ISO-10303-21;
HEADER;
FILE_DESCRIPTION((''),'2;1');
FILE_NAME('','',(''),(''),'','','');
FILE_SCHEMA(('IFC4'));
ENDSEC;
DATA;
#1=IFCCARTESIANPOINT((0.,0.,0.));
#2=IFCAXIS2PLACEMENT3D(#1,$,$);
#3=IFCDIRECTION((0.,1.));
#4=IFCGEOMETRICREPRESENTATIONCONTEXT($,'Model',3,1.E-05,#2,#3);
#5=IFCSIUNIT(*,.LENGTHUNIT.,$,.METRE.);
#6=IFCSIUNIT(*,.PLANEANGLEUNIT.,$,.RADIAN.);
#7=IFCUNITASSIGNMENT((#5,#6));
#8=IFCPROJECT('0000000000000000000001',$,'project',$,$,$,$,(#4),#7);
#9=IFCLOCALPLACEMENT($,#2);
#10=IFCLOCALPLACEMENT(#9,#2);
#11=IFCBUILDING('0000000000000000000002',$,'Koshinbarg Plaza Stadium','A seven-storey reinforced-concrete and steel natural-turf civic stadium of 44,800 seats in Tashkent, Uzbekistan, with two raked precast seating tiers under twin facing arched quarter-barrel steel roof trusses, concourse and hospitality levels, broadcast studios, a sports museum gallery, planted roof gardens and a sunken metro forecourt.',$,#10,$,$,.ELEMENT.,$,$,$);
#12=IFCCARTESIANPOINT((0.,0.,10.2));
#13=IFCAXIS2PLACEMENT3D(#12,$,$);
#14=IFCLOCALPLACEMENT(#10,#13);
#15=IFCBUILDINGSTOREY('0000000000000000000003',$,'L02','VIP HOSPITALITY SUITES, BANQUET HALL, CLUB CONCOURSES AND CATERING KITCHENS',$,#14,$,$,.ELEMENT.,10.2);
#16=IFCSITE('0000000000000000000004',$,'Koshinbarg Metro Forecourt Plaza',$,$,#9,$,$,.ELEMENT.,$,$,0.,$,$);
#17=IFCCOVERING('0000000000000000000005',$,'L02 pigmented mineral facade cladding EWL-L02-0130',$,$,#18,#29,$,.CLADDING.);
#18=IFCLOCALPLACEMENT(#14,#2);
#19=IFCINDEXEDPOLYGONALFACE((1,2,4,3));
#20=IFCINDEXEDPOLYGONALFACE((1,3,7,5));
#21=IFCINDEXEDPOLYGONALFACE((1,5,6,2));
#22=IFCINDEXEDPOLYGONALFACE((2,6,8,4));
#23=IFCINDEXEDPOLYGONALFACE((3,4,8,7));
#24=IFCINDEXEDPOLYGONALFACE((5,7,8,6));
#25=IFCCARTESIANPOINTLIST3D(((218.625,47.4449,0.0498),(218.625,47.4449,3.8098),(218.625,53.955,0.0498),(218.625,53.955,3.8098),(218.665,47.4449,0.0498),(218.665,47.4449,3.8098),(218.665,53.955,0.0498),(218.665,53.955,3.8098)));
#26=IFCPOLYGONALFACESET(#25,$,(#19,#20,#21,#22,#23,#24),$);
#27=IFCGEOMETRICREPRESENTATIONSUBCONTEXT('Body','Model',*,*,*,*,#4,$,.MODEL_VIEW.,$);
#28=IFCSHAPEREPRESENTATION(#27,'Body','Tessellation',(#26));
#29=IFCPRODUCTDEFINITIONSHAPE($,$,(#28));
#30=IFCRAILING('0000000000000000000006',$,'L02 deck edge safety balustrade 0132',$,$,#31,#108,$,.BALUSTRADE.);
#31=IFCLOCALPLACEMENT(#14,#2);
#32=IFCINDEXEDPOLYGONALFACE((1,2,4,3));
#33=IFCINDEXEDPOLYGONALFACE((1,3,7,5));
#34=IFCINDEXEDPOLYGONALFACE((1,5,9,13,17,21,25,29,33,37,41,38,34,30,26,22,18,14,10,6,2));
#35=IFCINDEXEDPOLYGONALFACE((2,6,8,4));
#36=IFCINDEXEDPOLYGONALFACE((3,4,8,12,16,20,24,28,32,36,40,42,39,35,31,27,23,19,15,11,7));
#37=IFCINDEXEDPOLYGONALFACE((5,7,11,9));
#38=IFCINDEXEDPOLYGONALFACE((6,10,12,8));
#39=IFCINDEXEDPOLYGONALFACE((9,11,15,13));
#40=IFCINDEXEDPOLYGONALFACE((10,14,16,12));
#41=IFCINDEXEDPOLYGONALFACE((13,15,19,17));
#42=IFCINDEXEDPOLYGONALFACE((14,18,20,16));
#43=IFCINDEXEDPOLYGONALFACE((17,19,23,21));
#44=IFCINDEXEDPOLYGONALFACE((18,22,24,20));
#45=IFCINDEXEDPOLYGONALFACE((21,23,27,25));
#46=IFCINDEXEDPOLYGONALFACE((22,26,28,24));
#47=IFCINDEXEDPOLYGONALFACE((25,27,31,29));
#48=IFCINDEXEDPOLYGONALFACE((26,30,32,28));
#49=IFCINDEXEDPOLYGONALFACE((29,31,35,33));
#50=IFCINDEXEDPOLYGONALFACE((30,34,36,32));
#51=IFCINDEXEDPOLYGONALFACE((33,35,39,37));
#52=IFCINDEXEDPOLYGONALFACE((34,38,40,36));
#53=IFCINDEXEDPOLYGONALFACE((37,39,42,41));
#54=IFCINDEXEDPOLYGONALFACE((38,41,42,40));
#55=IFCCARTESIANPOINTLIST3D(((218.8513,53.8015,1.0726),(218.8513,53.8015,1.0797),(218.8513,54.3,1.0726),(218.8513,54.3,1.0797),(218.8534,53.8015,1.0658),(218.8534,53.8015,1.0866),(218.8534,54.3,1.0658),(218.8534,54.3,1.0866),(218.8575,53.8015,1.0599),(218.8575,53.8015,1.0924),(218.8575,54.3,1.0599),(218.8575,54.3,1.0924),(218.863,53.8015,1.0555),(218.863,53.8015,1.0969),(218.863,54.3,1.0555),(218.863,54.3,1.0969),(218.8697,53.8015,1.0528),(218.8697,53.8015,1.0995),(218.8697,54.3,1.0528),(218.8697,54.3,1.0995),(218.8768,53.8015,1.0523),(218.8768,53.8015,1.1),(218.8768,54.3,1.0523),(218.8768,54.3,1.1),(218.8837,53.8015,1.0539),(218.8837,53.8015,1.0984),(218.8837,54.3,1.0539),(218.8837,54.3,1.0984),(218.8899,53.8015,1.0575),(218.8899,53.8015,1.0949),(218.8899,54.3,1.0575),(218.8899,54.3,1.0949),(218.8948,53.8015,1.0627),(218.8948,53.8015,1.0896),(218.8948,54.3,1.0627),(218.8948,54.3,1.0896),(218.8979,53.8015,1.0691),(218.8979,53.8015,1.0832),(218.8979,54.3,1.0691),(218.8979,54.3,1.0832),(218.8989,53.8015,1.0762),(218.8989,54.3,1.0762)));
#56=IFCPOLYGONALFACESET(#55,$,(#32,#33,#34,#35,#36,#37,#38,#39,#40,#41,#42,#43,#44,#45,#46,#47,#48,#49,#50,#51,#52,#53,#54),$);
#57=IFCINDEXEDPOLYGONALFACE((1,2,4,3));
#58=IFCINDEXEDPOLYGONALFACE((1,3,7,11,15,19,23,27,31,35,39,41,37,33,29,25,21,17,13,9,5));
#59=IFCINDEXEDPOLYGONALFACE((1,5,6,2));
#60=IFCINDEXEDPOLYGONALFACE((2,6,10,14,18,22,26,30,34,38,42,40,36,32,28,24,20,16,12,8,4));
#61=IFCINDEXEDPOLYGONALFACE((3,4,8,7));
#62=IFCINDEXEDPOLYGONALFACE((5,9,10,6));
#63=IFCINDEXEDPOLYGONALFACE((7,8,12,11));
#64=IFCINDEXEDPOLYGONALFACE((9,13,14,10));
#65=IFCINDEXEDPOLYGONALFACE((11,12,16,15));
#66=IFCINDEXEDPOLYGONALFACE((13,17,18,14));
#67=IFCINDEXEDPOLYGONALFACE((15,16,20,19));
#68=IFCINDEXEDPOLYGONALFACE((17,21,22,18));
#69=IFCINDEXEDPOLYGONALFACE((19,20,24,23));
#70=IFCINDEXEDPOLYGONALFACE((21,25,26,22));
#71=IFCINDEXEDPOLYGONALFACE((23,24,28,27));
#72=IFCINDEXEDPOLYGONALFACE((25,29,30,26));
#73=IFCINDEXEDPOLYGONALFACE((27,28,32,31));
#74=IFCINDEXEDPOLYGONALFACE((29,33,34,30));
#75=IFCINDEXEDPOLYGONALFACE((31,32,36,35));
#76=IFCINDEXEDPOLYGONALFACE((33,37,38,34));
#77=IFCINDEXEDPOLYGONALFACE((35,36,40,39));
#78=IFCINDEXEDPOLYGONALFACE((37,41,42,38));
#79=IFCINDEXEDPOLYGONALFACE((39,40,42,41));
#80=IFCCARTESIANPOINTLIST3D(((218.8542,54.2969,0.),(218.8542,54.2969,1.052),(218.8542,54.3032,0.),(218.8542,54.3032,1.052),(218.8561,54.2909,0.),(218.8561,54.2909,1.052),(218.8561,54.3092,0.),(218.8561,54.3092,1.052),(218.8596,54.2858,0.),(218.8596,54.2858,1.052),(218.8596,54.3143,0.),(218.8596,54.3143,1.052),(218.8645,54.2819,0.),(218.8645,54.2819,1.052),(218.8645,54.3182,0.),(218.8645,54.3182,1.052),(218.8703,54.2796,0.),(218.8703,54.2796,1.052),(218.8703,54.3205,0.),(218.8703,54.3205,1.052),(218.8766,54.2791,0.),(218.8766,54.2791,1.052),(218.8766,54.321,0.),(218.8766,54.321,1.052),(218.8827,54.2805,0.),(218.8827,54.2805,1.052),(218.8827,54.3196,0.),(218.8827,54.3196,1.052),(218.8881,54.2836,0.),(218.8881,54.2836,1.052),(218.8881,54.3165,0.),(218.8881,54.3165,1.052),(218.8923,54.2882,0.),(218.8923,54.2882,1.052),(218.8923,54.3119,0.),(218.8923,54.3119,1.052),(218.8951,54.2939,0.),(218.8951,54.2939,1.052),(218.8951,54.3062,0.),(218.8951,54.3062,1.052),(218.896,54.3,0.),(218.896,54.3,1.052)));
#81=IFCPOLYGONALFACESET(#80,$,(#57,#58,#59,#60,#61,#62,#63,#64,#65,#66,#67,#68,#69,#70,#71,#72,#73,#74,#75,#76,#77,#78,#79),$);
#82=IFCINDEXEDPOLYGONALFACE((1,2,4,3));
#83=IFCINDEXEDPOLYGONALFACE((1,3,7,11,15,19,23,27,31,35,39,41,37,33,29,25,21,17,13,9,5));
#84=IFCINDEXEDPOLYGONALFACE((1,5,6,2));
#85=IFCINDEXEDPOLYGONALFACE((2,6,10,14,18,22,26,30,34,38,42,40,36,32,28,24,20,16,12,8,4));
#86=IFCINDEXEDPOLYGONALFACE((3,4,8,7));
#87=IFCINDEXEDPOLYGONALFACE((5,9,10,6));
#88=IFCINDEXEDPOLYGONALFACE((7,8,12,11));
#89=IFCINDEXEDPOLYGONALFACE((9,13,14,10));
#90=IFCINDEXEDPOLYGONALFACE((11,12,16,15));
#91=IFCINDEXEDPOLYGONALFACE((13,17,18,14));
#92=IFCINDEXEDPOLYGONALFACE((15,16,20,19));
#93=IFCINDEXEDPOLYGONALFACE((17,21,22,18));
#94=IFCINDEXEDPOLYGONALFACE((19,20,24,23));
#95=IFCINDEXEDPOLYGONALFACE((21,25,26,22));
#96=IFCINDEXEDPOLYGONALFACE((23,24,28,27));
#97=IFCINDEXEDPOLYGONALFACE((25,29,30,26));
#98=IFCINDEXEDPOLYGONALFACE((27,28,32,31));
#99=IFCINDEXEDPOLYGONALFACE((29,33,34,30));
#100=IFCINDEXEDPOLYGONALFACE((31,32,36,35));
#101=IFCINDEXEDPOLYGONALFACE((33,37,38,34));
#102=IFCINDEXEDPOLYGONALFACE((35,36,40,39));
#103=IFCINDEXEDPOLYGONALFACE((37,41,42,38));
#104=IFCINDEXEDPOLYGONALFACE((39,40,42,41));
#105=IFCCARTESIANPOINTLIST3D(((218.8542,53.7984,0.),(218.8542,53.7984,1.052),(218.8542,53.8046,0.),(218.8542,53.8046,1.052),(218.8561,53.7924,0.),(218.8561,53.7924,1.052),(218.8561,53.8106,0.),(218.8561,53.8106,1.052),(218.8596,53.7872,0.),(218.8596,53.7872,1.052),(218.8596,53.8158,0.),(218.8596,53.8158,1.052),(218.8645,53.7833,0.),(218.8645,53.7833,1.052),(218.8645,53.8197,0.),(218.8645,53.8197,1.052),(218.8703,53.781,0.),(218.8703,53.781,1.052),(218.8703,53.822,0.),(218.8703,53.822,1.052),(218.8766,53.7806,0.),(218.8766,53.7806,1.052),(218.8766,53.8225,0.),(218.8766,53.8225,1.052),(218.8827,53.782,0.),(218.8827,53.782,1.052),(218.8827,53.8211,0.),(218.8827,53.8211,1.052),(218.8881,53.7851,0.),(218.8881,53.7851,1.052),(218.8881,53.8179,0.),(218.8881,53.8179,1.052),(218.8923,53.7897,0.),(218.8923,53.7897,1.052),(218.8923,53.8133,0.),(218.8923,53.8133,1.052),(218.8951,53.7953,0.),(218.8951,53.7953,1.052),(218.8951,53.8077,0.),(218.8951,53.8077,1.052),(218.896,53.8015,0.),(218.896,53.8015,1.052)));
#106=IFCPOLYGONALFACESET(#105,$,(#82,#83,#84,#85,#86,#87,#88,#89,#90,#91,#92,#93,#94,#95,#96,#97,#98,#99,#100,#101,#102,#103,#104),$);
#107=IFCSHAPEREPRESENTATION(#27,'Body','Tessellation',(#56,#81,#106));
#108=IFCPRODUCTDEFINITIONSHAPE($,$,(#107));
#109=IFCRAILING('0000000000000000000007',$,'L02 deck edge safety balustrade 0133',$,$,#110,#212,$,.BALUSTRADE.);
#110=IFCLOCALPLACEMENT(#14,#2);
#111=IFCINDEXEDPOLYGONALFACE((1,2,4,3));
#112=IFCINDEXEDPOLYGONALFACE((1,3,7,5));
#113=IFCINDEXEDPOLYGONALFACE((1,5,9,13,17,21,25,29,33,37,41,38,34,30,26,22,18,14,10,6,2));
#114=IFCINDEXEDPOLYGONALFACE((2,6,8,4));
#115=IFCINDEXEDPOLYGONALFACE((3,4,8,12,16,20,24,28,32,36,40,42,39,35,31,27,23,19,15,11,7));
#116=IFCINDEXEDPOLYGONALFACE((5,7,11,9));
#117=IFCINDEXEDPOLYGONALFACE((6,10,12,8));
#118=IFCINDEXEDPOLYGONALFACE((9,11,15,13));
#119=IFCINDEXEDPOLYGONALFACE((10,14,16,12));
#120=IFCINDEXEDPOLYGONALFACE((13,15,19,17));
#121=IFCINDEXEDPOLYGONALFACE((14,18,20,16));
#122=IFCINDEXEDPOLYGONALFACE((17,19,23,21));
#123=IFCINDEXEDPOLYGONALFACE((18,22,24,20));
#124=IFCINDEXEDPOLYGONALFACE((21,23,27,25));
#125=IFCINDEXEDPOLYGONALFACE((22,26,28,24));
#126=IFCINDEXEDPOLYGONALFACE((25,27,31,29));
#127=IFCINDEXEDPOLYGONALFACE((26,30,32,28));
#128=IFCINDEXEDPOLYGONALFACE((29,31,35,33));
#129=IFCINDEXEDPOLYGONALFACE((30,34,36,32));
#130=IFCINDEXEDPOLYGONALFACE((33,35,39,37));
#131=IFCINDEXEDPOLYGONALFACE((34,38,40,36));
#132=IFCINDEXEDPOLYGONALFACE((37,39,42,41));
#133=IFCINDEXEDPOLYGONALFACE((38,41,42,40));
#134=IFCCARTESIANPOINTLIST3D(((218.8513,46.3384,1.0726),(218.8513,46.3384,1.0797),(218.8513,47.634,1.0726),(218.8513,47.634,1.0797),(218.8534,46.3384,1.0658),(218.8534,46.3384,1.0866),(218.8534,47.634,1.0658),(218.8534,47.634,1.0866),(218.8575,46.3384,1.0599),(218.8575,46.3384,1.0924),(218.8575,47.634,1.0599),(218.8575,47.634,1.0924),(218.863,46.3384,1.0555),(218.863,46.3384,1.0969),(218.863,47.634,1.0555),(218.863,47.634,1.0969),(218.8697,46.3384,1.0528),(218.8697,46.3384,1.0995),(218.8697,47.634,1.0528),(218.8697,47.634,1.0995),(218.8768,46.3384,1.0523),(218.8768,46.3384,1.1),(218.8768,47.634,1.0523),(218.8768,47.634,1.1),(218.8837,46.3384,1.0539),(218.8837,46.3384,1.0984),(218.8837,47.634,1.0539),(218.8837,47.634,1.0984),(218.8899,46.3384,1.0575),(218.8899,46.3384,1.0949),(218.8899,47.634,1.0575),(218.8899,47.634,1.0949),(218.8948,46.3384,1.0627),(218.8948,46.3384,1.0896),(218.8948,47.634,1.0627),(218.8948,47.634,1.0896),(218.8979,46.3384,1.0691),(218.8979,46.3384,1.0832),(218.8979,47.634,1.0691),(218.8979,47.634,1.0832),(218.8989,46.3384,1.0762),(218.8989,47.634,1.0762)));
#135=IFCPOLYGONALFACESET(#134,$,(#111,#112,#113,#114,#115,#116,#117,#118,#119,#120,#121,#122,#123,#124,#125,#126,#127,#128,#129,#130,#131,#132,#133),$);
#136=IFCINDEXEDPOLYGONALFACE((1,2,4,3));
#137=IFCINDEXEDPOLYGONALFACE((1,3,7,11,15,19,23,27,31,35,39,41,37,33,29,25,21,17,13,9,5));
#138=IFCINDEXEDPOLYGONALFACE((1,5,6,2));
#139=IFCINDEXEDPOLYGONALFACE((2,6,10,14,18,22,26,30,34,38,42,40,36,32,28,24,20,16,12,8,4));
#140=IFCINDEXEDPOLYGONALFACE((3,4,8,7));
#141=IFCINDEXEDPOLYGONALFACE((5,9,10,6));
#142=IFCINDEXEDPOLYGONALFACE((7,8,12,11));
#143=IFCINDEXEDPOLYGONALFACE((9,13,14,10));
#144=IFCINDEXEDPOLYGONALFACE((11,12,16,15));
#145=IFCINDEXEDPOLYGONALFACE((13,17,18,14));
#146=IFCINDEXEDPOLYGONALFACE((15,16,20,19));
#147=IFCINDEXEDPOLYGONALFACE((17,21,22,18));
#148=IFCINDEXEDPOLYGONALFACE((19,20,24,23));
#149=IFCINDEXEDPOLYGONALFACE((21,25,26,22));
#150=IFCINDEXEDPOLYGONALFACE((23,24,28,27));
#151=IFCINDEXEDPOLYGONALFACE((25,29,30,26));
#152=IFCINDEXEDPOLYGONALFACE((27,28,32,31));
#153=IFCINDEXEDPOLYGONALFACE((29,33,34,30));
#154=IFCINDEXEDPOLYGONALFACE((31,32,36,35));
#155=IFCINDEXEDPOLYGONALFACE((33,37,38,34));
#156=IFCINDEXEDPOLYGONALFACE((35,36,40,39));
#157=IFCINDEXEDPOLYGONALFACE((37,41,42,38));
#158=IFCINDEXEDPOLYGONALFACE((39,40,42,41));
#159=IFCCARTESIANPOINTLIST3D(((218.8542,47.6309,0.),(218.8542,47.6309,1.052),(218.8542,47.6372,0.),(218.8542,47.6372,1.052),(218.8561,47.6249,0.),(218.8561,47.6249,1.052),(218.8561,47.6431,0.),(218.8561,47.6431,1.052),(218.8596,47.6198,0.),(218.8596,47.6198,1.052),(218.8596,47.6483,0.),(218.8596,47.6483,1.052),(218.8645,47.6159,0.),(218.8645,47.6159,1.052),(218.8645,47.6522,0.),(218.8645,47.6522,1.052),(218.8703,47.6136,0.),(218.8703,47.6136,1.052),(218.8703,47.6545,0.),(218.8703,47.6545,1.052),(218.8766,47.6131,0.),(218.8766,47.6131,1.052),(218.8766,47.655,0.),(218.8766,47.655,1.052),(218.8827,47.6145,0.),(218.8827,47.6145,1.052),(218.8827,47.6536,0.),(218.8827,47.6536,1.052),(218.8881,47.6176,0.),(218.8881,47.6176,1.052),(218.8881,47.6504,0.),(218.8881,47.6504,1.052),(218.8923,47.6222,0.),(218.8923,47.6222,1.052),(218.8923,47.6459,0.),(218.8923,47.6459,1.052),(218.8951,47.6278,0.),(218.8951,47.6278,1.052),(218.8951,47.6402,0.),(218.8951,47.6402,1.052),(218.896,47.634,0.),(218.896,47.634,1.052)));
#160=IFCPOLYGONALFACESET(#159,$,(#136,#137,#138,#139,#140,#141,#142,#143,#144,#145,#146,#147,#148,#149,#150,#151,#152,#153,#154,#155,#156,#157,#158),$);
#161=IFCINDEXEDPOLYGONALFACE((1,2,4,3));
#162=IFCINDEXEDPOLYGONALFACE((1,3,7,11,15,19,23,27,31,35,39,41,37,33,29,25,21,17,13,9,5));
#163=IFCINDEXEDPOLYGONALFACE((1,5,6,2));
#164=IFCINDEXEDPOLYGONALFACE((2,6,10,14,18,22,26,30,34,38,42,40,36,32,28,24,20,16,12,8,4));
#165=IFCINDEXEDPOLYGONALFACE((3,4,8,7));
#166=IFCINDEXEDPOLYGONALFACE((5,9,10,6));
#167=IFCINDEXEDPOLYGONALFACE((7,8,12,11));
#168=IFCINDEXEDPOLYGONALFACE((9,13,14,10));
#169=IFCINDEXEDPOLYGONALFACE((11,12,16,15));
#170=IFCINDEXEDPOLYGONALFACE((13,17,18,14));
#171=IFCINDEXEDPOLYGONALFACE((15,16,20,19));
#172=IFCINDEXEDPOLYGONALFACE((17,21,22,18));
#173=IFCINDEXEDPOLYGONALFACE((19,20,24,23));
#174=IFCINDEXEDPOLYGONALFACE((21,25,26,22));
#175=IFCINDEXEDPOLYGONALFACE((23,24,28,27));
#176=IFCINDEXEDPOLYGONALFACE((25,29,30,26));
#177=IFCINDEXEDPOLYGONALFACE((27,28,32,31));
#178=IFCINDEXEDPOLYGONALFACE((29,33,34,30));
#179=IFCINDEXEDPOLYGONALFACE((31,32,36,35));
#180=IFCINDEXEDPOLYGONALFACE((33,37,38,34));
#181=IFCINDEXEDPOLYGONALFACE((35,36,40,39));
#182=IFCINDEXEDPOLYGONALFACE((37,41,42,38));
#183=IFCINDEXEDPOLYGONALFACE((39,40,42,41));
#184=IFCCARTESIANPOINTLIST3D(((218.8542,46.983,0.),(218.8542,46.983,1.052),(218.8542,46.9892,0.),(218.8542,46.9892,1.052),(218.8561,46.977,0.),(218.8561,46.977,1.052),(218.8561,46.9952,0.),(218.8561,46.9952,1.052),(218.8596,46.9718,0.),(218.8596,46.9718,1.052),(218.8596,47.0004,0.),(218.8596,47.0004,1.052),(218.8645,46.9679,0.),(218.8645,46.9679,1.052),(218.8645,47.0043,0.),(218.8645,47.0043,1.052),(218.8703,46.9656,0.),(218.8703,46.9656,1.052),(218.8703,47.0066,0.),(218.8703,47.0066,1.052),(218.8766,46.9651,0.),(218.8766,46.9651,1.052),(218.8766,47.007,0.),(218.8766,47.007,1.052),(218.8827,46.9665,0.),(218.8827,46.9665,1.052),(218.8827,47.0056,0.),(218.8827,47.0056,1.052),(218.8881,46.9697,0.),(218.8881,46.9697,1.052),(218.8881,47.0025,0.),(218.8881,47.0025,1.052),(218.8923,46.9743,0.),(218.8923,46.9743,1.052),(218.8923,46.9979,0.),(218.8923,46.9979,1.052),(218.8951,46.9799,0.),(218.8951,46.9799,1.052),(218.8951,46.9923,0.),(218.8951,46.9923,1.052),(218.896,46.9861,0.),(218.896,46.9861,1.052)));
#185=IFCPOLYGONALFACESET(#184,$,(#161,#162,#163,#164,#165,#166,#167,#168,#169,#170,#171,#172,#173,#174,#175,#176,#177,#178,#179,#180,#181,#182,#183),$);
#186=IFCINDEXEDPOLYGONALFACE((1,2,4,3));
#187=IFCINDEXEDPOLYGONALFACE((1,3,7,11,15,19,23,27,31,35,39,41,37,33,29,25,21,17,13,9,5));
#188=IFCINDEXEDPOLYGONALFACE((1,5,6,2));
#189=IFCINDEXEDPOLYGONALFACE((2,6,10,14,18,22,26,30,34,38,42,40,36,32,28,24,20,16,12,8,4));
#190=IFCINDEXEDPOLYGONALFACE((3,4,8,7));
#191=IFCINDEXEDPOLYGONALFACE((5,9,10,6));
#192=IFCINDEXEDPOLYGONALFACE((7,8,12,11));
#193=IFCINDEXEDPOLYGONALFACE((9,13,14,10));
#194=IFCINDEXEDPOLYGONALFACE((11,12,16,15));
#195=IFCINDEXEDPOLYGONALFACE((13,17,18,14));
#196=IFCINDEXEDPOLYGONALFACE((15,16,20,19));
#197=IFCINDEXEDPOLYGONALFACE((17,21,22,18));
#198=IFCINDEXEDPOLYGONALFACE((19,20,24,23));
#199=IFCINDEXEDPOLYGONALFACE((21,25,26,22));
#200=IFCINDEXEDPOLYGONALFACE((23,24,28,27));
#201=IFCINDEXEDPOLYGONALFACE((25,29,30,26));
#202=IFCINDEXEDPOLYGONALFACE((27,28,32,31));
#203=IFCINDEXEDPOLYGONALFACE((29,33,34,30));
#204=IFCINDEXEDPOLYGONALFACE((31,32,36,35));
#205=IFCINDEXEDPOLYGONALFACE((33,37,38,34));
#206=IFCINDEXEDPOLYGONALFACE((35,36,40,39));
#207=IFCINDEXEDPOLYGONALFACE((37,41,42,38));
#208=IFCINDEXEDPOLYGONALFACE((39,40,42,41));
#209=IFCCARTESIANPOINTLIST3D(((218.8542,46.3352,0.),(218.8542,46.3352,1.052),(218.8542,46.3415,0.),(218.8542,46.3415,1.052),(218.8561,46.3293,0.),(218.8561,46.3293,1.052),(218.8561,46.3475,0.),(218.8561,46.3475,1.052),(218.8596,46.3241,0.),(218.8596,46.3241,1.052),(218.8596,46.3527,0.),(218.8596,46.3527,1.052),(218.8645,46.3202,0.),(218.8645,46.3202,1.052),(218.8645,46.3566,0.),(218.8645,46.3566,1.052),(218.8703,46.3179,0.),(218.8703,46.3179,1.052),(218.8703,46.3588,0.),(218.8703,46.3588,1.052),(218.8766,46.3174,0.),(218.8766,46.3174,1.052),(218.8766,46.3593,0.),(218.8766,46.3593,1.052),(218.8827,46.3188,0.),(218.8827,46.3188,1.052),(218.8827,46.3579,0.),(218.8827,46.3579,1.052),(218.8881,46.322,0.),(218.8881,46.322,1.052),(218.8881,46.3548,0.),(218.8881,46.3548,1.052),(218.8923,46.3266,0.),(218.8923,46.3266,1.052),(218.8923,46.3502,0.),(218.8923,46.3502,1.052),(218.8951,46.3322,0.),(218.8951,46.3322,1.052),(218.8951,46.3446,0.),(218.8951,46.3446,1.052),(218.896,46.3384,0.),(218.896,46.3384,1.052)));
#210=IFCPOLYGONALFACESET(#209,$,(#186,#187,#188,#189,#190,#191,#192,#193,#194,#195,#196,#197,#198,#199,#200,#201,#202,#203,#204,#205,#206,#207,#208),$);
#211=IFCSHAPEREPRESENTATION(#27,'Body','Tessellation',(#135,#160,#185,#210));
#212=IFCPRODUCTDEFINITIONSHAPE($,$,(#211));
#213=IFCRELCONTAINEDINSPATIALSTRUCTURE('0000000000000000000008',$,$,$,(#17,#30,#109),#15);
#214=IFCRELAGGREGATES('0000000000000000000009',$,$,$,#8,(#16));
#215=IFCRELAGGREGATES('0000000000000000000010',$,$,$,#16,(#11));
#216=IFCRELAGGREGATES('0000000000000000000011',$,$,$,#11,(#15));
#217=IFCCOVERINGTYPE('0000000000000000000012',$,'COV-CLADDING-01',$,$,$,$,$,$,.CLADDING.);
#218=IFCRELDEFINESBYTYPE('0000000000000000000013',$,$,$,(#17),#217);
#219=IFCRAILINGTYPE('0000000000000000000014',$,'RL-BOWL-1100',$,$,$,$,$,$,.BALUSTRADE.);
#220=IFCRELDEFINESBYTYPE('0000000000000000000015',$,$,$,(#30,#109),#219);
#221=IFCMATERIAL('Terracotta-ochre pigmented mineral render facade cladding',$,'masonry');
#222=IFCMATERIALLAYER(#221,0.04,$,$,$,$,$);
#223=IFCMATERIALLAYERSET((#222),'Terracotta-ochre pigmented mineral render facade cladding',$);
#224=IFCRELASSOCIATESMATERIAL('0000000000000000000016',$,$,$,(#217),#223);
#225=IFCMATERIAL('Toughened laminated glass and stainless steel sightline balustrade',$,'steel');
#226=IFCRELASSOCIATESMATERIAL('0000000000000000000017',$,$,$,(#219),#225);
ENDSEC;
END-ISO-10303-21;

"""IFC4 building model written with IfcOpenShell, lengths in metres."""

from ifc_helpers import new_model, si_unit, direction, frame, origin, origin_2d, place, context, subcontext, project, spatial, rectangle, circle, extrude, material, layer, layer_set, type_object, element, save


model = new_model("IFC4")

# Units and contexts
model_context = context("Model", 3, precision=1e-05, world=origin(), true_north=direction((0.0, 1.0)))
body_context = subcontext(model_context, "Body", "Model", "MODEL_VIEW")
ifc_project = project(units=[si_unit("LENGTHUNIT", "METRE"), si_unit("PLANEANGLEUNIT", "RADIAN")], contexts=[model_context])

# Site, building, storey
site_placement = place(None, origin())
site = spatial("IfcSite", under=ifc_project, at=site_placement, Name="Koshinbarg Metro Forecourt Plaza", CompositionType="ELEMENT", RefElevation=0.0)
building_placement = place(site_placement, origin())
building = spatial("IfcBuilding", under=site, at=building_placement, Name="Koshinbarg Plaza Stadium", Description="A seven-storey reinforced-concrete and steel natural-turf civic stadium of 44,800 seats in Tashkent, Uzbekistan, with two raked precast seating tiers under twin facing arched quarter-barrel steel roof trusses, concourse and hospitality levels, broadcast studios, a sports museum gallery, planted roof gardens and a sunken metro forecourt.", CompositionType="ELEMENT")
storey_placement = place(building_placement, frame((0.0, 0.0, 10.2)))
storey = spatial("IfcBuildingStorey", under=building, at=storey_placement, Name="L02", Description="VIP HOSPITALITY SUITES, BANQUET HALL, CLUB CONCOURSES AND CATERING KITCHENS", CompositionType="ELEMENT", Elevation=10.2)

# Covering
ifc_material_1 = material(Name="Terracotta-ochre pigmented mineral render facade cladding", Category="masonry")
ifc_layer_1 = layer(ifc_material_1, 0.04)
ifc_layer_set_1 = layer_set([ifc_layer_1], Name="Terracotta-ochre pigmented mineral render facade cladding")
covering_type = type_object("IfcCoveringType", Name="COV-CLADDING-01", PredefinedType="CLADDING", material=ifc_layer_set_1)
covering_placement = place(storey_placement, frame((218.645, 50.7, 0.0498), z_axis=(0.0, 0.0, 1.0), x_axis=(0.0, -1.0, 0.0)))
element("IfcCovering", 1, at=covering_placement, inside=storey, type_object=covering_type, Name="L02 pigmented mineral facade cladding EWL-L02-0130", PredefinedType="CLADDING", context=body_context, shape_type="SweptSolid", body=[
    extrude(rectangle(XDim=6.51, YDim=0.04, at=origin_2d()), origin(), (0.0, 0.0, 1.0), 3.76),
])

# Railings
ifc_material_2 = material(Name="Toughened laminated glass and stainless steel sightline balustrade", Category="steel")
railing_type = type_object("IfcRailingType", Name="RL-BOWL-1100", PredefinedType="BALUSTRADE", material=ifc_material_2)
railing_1_placement = place(storey_placement, frame((218.875, 54.3, 0.0)))
element("IfcRailing", 2, at=railing_1_placement, inside=storey, type_object=railing_type, Name="L02 deck edge safety balustrade 0132", PredefinedType="BALUSTRADE", context=body_context, shape_type="SweptSolid", body=[
    extrude(circle(Radius=0.0239, at=origin_2d()), frame((0.0, 0.0, 1.0762), z_axis=(0.0, -1.0, 0.0), x_axis=(1.0, 0.0, 0.0)), (0.0, 0.0, 1.0), 0.4985),
    extrude(circle(Radius=0.021, at=origin_2d()), origin(), (0.0, 0.0, 1.0), 1.052),
    extrude(circle(Radius=0.021, at=origin_2d()), frame((0.0, -0.4985, 0.0)), (0.0, 0.0, 1.0), 1.052),
])
railing_2_placement = place(storey_placement, frame((218.875, 47.634, 0.0)))
element("IfcRailing", 3, at=railing_2_placement, inside=storey, type_object=railing_type, Name="L02 deck edge safety balustrade 0133", PredefinedType="BALUSTRADE", context=body_context, shape_type="SweptSolid", body=[
    extrude(circle(Radius=0.0239, at=origin_2d()), frame((0.0, 0.0, 1.0762), z_axis=(0.0, -1.0, 0.0), x_axis=(1.0, 0.0, 0.0)), (0.0, 0.0, 1.0), 1.2957),
    extrude(circle(Radius=0.021, at=origin_2d()), origin(), (0.0, 0.0, 1.0), 1.052),
    extrude(circle(Radius=0.021, at=origin_2d()), frame((0.0, -0.6479, 0.0)), (0.0, 0.0, 1.0), 1.052),
    extrude(circle(Radius=0.021, at=origin_2d()), frame((0.0, -1.2957, 0.0)), (0.0, 0.0, 1.0), 1.052),
])

save(model, "model.ifc")
